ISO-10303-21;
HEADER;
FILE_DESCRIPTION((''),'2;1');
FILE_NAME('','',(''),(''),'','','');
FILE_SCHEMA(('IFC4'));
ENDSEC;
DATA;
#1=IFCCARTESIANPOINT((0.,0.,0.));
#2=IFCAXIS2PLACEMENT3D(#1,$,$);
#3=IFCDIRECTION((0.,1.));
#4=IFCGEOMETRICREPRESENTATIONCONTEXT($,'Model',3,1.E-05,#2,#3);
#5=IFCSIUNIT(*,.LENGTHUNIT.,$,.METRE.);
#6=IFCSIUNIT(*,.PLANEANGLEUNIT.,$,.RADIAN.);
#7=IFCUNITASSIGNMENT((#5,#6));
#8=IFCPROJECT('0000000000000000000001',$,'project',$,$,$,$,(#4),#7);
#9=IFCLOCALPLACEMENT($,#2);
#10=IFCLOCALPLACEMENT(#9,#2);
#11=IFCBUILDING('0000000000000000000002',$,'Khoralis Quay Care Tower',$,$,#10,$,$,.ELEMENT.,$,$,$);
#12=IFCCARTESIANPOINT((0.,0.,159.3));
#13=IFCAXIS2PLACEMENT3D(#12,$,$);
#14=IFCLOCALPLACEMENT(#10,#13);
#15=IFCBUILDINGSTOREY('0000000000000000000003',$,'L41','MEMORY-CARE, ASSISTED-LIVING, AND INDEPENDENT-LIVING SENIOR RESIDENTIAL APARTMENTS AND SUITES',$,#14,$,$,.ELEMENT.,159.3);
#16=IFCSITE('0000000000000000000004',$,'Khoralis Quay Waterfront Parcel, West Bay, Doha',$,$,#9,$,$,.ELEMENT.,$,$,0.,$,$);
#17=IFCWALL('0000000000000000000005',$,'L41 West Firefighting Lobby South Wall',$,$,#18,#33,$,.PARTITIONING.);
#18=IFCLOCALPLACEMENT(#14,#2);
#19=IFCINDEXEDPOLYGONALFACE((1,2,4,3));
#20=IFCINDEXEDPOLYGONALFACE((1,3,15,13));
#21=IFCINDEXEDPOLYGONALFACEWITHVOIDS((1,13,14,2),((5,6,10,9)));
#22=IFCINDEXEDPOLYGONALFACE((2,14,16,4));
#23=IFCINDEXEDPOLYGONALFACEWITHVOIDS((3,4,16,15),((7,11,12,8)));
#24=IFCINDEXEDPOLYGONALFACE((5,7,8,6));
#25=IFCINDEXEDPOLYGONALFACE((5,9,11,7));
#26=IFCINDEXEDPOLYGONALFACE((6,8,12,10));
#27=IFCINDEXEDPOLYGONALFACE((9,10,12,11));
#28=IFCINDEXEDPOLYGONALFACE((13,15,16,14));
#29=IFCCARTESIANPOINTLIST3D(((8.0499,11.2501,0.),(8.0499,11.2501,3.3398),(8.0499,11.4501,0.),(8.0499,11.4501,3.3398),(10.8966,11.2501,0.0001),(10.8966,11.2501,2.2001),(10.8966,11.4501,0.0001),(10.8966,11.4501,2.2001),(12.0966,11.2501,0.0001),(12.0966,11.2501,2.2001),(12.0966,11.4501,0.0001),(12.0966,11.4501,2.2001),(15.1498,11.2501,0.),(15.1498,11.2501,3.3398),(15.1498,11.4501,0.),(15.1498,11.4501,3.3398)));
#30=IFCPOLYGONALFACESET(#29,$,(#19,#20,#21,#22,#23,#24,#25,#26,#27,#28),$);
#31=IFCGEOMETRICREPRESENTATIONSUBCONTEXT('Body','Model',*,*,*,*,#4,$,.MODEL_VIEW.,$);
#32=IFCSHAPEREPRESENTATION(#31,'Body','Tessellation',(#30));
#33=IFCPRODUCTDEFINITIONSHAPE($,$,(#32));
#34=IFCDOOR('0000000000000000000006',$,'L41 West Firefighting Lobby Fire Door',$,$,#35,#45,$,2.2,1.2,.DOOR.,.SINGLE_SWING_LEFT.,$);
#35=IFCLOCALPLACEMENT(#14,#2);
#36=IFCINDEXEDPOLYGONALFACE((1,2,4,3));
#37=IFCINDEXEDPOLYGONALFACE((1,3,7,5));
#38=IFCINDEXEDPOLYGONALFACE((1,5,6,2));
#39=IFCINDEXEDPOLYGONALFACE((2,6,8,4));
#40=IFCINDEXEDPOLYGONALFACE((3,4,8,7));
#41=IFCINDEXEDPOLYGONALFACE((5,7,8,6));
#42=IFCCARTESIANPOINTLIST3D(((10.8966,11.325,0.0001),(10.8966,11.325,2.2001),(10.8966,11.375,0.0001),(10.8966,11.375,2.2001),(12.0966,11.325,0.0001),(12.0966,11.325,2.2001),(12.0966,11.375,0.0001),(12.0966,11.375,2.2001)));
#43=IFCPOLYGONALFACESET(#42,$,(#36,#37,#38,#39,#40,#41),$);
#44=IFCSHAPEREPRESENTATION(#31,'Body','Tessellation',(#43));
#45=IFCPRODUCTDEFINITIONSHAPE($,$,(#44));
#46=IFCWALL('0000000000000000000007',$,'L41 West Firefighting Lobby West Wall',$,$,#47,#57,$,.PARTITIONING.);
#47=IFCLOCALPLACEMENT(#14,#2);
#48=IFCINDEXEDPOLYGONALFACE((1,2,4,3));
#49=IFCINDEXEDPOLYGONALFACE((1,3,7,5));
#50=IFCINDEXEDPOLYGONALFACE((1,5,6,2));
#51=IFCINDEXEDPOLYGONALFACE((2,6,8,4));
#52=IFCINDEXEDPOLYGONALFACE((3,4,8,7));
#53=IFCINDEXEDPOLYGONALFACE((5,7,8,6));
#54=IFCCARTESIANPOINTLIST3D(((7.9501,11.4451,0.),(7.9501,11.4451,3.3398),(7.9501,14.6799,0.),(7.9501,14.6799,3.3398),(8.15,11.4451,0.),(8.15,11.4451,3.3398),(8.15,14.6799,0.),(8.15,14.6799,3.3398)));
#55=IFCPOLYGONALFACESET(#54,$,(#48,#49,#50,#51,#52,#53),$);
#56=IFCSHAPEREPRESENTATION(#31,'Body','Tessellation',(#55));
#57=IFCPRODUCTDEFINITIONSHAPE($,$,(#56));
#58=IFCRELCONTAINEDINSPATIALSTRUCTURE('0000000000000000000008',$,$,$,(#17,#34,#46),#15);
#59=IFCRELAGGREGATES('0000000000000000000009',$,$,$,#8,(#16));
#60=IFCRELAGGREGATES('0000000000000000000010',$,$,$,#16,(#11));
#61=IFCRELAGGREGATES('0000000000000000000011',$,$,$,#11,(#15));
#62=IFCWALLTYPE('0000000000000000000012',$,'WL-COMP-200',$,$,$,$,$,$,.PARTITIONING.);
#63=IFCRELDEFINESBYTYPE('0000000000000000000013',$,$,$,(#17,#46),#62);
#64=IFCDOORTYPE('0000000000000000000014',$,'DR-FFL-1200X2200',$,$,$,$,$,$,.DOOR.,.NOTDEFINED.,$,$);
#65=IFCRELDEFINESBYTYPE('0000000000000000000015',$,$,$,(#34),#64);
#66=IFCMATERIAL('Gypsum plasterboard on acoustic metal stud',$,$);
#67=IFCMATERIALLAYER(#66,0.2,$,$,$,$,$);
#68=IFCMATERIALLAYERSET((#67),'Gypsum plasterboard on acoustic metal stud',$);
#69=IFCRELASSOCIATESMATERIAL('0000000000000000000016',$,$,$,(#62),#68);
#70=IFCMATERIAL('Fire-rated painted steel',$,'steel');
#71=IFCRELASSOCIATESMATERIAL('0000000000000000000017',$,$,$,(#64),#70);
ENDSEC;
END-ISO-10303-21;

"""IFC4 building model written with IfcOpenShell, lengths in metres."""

from ifc_helpers import new_model, si_unit, direction, frame, frame_2d, origin, place, context, subcontext, project, spatial, rectangle, extrude, source, transform, mapped, material, layer, layer_set, type_object, element, fill, save


model = new_model("IFC4")

# Units and contexts
model_context = context("Model", 3, precision=1e-05, world=origin(), true_north=direction((0.0, 1.0)))
body_context = subcontext(model_context, "Body", "Model", "MODEL_VIEW")
ifc_project = project(units=[si_unit("LENGTHUNIT", "METRE"), si_unit("PLANEANGLEUNIT", "RADIAN")], contexts=[model_context])

# Site, building, storey
site_placement = place(None, origin())
site = spatial("IfcSite", under=ifc_project, at=site_placement, Name="Khoralis Quay Waterfront Parcel, West Bay, Doha", CompositionType="ELEMENT", RefElevation=0.0)
building_placement = place(site_placement, origin())
building = spatial("IfcBuilding", under=site, at=building_placement, Name="Khoralis Quay Care Tower", CompositionType="ELEMENT")
storey_placement = place(building_placement, frame((0.0, 0.0, 159.3)))
storey = spatial("IfcBuildingStorey", under=building, at=storey_placement, Name="L41", Description="MEMORY-CARE, ASSISTED-LIVING, AND INDEPENDENT-LIVING SENIOR RESIDENTIAL APARTMENTS AND SUITES", CompositionType="ELEMENT", Elevation=159.3)

# Wall, opening, door
ifc_material_1 = material(Name="Gypsum plasterboard on acoustic metal stud")
ifc_layer_1 = layer(ifc_material_1, 0.2)
ifc_layer_set_1 = layer_set([ifc_layer_1], Name="Gypsum plasterboard on acoustic metal stud")
wall_type_1 = type_object("IfcWallType", Name="WL-COMP-200", PredefinedType="PARTITIONING", material=ifc_layer_set_1)
wall_1_placement = place(storey_placement, frame((8.05, 11.3501, 0.0), z_axis=(0.0, 0.0, 1.0), x_axis=(1.0, 0.0, 0.0)))
wall_1 = element("IfcWall", 1, at=wall_1_placement, inside=storey, type_object=wall_type_1, Name="L41 West Firefighting Lobby South Wall", PredefinedType="PARTITIONING", context=body_context, shape_type="SweptSolid", body=[
    extrude(rectangle(XDim=7.0999, YDim=0.2, at=frame_2d((3.5498, 0.0))), origin(), (0.0, 0.0, 1.0), 3.3398),
])
opening_1_placement = place(wall_1_placement, frame((2.8464, 0.0, 0.0)))
opening_1 = element("IfcOpeningElement", 2, at=opening_1_placement, cuts=wall_1, PredefinedType="OPENING", context=body_context, shape_type="SweptSolid", body=[
    extrude(rectangle(XDim=1.2, YDim=2.2, at=frame_2d((0.6001, 1.1001))), frame((0.0, 0.1099, 0.0), z_axis=(0.0, -1.0, 0.0), x_axis=(1.0, 0.0, 0.0)), (0.0, 0.0, 1.0), 0.22),
])
ifc_material_2 = material(Name="Fire-rated painted steel", Category="steel")
door_type_1 = type_object("IfcDoorType", Name="DR-FFL-1200X2200", OperationType="NOTDEFINED", PredefinedType="DOOR", material=ifc_material_2)
shared_shape_1 = source(origin(), body_context, "Body", "SweptSolid", [
    extrude(rectangle(XDim=1.2, YDim=2.2, at=frame_2d((0.6001, 1.1001))), frame((0.0, 0.0249, 0.0), z_axis=(0.0, -1.0, 0.0), x_axis=(1.0, 0.0, 0.0)), (0.0, 0.0, 1.0), 0.05),
])
door_1_placement = place(opening_1_placement, origin())
door_1 = element("IfcDoor", 3, at=door_1_placement, inside=storey, type_object=door_type_1, Name="L41 West Firefighting Lobby Fire Door", OperationType="SINGLE_SWING_LEFT", OverallHeight=2.2, OverallWidth=1.2, PredefinedType="DOOR", context=body_context, shape_type="MappedRepresentation", body=[
    mapped(shared_shape_1, transform((0.0, 0.0, 0.0), scale=1.0)),
])
fill(opening_1, door_1)

# Wall
wall_2_placement = place(storey_placement, frame((8.05, 11.4451, 0.0), z_axis=(0.0, 0.0, 1.0), x_axis=(0.0, 1.0, 0.0)))
element("IfcWall", 4, at=wall_2_placement, inside=storey, type_object=wall_type_1, Name="L41 West Firefighting Lobby West Wall", PredefinedType="PARTITIONING", context=body_context, shape_type="SweptSolid", body=[
    extrude(rectangle(XDim=3.2349, YDim=0.2, at=frame_2d((1.6174, 0.0))), origin(), (0.0, 0.0, 1.0), 3.3398),
])

save(model, "model.ifc")
